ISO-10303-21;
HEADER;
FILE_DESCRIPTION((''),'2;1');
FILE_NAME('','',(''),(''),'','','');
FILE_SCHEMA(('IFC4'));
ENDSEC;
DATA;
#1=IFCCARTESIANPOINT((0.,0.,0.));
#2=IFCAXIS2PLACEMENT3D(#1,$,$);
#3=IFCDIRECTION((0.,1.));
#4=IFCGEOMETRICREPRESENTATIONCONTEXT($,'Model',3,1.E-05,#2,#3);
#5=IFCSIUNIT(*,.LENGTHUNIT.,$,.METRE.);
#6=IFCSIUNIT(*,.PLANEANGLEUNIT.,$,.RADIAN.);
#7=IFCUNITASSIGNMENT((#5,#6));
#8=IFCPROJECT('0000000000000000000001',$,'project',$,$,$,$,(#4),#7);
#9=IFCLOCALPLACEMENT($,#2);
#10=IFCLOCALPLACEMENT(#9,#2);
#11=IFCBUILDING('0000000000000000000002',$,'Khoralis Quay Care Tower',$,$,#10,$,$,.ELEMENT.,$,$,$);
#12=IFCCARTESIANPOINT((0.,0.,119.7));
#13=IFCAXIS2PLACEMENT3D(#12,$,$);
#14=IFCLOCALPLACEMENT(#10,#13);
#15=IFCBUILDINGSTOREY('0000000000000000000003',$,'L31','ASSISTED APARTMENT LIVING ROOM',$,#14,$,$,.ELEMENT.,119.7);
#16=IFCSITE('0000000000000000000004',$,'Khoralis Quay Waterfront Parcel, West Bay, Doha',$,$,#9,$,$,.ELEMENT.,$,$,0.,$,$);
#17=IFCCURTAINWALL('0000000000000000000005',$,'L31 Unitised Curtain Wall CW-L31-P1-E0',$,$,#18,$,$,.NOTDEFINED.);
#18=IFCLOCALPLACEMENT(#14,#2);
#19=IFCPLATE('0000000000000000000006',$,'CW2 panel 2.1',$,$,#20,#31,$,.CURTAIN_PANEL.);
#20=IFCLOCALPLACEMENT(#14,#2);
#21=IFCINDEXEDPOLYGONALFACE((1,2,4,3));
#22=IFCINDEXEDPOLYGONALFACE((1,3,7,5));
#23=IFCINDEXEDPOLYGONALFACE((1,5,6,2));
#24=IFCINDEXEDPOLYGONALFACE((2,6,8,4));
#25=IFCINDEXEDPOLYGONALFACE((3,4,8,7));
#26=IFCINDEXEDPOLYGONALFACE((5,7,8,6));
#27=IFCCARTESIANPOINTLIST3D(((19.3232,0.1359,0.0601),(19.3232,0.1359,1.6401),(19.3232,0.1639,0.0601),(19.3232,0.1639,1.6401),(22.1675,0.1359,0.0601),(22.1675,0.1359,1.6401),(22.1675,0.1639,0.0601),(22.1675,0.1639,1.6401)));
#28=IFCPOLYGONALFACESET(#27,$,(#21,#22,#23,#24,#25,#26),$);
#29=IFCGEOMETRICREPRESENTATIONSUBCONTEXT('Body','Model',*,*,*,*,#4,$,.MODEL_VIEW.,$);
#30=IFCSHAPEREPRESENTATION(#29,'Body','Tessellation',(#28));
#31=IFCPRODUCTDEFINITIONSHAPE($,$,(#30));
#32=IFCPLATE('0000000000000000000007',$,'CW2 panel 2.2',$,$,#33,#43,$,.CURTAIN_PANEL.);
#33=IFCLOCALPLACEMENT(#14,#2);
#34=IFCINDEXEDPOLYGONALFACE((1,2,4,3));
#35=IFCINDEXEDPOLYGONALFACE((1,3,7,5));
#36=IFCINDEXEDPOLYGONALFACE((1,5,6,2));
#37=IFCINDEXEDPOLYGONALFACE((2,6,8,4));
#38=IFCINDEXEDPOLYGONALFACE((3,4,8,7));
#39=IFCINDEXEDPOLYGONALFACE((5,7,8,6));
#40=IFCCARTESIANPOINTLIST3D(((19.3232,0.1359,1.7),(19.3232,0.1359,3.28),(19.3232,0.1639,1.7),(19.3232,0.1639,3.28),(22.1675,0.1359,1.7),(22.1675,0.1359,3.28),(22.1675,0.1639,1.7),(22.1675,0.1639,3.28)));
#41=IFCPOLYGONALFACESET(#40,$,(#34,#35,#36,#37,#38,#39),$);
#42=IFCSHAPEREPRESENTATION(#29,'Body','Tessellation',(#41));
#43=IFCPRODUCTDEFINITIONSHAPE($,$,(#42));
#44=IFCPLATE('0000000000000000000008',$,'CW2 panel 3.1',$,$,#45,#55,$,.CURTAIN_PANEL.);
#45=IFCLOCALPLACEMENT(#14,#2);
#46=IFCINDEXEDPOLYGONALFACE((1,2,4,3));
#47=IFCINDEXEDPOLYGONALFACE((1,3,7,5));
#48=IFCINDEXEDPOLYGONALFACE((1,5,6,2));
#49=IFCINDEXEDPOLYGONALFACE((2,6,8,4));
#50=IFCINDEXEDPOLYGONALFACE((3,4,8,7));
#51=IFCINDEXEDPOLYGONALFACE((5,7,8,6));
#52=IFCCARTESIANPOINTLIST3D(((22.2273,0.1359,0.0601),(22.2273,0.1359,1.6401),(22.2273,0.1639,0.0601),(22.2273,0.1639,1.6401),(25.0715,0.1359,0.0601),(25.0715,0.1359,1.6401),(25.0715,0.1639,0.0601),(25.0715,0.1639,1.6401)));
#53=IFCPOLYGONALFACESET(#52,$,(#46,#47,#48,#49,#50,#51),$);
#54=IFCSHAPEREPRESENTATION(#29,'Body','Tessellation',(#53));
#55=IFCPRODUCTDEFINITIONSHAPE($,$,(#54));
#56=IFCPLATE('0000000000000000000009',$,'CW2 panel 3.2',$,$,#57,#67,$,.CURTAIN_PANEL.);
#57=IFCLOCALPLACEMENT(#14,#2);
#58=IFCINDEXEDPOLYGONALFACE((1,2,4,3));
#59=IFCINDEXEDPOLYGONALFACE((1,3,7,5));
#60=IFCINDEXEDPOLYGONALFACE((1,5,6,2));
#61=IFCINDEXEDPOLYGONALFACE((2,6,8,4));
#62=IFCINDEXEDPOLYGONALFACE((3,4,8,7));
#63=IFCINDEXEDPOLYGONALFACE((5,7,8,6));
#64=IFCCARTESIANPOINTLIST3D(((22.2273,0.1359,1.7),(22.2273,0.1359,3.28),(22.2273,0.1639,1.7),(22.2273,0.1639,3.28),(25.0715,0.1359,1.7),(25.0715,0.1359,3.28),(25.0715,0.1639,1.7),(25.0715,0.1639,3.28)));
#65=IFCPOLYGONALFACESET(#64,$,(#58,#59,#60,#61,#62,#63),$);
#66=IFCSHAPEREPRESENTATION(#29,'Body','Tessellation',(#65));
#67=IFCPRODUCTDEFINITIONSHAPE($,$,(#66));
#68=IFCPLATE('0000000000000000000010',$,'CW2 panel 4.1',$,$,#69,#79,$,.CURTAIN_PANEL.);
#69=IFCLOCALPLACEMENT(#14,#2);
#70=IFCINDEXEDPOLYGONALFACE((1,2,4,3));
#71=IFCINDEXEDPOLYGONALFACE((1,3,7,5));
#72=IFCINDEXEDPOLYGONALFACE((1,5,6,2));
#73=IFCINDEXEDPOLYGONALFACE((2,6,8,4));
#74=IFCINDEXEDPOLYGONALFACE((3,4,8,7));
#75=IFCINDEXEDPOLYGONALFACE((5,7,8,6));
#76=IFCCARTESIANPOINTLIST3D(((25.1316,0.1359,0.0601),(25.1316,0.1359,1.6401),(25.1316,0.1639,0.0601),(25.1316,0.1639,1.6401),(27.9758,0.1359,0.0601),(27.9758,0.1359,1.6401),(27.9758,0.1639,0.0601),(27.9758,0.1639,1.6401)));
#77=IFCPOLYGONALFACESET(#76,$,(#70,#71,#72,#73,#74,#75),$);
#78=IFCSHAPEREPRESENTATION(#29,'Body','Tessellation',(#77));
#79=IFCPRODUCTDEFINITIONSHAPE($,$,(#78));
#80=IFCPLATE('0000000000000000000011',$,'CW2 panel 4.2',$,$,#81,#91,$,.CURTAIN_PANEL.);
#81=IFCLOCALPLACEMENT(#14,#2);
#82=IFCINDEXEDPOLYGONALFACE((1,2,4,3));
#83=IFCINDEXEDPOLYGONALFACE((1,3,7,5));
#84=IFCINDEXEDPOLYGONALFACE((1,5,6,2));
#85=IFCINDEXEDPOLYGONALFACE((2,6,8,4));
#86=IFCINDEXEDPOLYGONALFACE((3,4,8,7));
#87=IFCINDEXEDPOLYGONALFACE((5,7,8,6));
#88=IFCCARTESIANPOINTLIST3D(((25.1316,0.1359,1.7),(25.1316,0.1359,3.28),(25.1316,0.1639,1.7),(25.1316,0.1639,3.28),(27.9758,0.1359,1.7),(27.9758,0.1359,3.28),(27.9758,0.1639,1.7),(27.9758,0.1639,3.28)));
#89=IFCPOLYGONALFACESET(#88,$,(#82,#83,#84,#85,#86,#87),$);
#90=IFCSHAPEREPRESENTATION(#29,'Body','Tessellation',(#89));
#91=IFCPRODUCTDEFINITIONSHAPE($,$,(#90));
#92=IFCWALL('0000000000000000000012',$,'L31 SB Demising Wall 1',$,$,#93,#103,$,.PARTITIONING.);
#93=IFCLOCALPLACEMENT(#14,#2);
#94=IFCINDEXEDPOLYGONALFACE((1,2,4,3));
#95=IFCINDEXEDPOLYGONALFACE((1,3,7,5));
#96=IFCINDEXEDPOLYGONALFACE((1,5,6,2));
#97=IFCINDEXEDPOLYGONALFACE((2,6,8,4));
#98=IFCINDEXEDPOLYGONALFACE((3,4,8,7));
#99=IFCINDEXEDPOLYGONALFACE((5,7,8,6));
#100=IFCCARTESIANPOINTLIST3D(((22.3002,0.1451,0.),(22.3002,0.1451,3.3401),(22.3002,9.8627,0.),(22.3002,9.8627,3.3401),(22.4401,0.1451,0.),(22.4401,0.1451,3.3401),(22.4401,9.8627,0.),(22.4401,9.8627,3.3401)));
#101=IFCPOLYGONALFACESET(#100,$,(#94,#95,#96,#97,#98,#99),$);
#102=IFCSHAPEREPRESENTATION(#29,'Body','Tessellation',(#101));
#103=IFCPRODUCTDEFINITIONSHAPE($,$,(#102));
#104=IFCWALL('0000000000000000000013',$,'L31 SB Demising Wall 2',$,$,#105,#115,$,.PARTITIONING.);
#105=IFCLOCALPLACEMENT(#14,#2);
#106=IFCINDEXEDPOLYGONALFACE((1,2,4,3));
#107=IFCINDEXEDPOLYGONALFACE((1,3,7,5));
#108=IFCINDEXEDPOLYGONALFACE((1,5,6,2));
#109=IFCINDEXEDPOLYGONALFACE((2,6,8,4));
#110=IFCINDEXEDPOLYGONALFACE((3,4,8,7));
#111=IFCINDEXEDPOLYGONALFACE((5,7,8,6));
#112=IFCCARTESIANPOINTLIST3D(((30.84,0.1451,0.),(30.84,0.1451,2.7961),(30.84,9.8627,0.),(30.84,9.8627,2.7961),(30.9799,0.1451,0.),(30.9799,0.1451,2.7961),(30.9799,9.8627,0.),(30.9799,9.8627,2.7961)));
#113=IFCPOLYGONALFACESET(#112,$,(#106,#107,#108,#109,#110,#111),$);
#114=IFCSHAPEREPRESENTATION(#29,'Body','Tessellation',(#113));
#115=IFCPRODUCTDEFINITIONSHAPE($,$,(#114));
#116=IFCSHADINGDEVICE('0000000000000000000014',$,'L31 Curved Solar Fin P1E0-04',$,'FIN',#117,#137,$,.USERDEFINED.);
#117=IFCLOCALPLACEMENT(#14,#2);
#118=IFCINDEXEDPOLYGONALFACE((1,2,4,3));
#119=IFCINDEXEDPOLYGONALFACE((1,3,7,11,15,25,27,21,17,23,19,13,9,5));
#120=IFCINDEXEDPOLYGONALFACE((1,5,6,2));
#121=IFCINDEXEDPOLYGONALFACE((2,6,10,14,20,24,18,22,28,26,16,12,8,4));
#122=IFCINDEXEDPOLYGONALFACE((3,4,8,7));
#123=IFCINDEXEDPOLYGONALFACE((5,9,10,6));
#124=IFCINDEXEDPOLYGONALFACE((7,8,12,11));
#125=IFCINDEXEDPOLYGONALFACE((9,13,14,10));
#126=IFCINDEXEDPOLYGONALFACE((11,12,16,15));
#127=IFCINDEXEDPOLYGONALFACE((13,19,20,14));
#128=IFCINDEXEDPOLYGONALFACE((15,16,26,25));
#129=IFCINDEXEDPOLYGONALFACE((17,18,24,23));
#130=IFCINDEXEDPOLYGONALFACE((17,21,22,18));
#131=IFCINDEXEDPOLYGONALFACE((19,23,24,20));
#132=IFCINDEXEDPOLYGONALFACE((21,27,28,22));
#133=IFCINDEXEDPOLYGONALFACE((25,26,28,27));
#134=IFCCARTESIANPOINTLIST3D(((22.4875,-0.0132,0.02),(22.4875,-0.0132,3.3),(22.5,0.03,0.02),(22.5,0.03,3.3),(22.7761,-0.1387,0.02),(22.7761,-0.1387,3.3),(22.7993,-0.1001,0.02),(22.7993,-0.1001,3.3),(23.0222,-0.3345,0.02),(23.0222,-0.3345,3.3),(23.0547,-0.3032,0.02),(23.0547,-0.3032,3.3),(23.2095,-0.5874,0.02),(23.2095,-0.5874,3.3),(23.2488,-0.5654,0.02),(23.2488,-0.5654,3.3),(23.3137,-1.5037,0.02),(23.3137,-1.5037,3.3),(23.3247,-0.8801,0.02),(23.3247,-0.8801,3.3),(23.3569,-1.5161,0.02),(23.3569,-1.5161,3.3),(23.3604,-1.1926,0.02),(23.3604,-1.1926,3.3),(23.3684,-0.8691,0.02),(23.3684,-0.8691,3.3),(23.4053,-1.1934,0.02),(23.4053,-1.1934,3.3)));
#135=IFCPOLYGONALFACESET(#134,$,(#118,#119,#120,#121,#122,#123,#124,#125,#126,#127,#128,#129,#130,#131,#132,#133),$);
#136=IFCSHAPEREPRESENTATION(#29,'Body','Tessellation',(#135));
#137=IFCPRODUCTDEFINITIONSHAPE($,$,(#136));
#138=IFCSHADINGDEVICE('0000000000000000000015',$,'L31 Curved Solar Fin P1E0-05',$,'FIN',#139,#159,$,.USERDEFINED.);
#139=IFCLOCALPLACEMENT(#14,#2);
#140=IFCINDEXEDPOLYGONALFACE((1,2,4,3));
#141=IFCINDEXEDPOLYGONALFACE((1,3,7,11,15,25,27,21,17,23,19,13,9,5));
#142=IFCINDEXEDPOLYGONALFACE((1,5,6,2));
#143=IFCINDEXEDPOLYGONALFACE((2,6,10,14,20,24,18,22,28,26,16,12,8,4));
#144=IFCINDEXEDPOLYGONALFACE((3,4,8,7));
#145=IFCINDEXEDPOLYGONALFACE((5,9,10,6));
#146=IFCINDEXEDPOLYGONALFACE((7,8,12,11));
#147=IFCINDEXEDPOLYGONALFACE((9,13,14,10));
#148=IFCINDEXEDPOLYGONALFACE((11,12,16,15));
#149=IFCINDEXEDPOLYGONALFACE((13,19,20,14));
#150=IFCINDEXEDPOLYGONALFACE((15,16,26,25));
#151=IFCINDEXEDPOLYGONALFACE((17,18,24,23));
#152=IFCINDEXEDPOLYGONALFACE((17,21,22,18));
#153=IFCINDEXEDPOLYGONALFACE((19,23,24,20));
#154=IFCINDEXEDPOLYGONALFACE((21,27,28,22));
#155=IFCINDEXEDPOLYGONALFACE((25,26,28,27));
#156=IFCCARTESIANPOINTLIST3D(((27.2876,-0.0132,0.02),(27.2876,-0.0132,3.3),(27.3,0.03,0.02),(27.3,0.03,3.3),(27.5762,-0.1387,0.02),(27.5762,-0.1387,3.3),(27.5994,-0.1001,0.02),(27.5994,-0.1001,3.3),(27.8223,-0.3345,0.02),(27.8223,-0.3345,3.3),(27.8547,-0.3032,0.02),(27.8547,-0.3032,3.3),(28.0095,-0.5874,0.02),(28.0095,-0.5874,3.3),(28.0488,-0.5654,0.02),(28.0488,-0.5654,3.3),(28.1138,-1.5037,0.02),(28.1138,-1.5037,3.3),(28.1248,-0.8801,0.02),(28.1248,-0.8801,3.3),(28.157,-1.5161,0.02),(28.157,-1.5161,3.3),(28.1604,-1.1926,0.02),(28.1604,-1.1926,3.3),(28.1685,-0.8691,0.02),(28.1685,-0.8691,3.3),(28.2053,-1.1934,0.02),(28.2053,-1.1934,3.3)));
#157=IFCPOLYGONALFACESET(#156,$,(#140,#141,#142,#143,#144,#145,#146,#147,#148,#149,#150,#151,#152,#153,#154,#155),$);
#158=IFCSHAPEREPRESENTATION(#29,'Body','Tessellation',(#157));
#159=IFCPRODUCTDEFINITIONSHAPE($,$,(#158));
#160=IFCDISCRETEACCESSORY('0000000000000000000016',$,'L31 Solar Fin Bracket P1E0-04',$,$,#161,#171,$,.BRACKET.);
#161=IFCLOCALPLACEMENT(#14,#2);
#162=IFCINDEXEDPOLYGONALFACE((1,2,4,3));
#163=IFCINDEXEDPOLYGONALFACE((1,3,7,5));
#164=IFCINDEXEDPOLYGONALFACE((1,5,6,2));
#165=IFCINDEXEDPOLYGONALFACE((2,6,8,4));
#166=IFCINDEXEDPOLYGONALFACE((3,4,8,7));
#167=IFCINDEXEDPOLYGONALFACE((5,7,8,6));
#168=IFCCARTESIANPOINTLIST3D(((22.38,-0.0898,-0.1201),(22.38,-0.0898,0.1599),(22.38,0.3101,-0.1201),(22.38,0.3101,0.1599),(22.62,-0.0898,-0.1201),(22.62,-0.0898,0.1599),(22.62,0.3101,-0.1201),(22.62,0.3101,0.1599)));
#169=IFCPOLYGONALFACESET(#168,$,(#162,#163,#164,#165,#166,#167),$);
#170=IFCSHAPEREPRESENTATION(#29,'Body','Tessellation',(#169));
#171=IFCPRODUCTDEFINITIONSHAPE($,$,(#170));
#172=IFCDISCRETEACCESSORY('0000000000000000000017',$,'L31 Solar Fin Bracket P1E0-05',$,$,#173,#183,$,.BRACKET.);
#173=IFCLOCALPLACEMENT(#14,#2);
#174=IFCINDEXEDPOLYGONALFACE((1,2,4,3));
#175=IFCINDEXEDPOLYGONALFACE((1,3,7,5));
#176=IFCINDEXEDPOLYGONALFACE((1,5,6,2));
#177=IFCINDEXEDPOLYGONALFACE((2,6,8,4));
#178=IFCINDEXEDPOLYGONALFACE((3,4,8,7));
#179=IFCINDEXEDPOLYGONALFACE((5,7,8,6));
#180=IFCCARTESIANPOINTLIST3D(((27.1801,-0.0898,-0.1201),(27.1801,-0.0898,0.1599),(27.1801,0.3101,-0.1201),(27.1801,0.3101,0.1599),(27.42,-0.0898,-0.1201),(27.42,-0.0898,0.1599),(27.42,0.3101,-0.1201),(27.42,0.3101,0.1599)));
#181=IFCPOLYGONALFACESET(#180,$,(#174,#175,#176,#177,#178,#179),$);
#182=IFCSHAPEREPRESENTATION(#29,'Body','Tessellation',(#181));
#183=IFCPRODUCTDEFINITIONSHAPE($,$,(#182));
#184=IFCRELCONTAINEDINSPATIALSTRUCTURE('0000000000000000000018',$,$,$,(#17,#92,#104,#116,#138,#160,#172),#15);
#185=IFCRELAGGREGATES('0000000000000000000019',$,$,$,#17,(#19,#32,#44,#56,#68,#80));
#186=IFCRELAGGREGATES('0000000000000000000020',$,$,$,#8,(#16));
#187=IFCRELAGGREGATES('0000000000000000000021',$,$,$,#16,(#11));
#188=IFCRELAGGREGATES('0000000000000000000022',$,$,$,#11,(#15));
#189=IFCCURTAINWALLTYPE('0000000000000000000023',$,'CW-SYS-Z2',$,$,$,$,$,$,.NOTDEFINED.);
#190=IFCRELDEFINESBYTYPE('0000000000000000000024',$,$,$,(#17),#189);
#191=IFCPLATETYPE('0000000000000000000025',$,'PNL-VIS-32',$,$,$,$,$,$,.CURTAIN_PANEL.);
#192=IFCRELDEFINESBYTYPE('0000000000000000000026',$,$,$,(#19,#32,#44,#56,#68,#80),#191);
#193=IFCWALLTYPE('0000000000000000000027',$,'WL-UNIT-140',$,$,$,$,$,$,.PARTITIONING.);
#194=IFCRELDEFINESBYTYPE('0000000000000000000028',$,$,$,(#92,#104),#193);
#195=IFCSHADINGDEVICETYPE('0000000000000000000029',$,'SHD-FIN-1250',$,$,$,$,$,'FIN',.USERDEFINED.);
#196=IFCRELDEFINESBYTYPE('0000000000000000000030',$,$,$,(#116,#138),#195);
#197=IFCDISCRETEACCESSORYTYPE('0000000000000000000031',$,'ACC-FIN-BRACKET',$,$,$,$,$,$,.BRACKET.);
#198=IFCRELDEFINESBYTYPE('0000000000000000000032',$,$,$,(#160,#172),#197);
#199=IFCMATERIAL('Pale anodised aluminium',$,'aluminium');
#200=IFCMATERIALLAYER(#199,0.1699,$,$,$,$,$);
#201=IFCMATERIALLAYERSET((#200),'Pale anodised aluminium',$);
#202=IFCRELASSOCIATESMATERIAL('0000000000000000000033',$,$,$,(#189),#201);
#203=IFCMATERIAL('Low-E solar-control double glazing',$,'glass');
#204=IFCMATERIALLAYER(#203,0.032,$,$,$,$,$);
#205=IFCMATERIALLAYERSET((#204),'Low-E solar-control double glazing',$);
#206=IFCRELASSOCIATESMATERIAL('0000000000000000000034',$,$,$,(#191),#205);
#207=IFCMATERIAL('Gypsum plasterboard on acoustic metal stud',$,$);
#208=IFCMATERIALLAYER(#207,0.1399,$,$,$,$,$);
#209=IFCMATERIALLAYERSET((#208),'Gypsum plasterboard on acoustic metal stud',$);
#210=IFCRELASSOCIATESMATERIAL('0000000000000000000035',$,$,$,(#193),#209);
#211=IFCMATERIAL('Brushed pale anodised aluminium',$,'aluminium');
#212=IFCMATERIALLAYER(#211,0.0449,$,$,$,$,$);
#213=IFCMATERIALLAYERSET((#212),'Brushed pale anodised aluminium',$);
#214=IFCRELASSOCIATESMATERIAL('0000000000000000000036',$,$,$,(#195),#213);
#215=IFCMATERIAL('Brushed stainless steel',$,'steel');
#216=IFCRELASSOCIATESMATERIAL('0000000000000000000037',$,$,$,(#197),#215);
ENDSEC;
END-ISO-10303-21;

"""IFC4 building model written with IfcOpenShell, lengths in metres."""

from ifc_helpers import new_model, si_unit, direction, frame, frame_2d, origin, origin_2d, place, context, subcontext, project, spatial, polyline, rectangle, outline, extrude, source, transform, mapped, material, layer, layer_set, type_object, element, aggregate, save


model = new_model("IFC4")

# Units and contexts
model_context = context("Model", 3, precision=1e-05, world=origin(), true_north=direction((0.0, 1.0)))
body_context = subcontext(model_context, "Body", "Model", "MODEL_VIEW")
ifc_project = project(units=[si_unit("LENGTHUNIT", "METRE"), si_unit("PLANEANGLEUNIT", "RADIAN")], contexts=[model_context])

# Site, building, storey
site_placement = place(None, origin())
site = spatial("IfcSite", under=ifc_project, at=site_placement, Name="Khoralis Quay Waterfront Parcel, West Bay, Doha", CompositionType="ELEMENT", RefElevation=0.0)
building_placement = place(site_placement, origin())
building = spatial("IfcBuilding", under=site, at=building_placement, Name="Khoralis Quay Care Tower", CompositionType="ELEMENT")
storey_placement = place(building_placement, frame((0.0, 0.0, 119.7)))
storey = spatial("IfcBuildingStorey", under=building, at=storey_placement, Name="L31", Description="ASSISTED APARTMENT LIVING ROOM", CompositionType="ELEMENT", Elevation=119.7)

# Curtain wall, plates
ifc_material_1 = material(Name="Pale anodised aluminium", Category="aluminium")
ifc_layer_1 = layer(ifc_material_1, 0.1699)
ifc_layer_set_1 = layer_set([ifc_layer_1], Name="Pale anodised aluminium")
curtain_wall_type = type_object("IfcCurtainWallType", Name="CW-SYS-Z2", PredefinedType="NOTDEFINED", material=ifc_layer_set_1)
curtain_wall_placement = place(storey_placement, origin())
curtain_wall = element("IfcCurtainWall", 1, at=curtain_wall_placement, inside=storey, type_object=curtain_wall_type, Name="L31 Unitised Curtain Wall CW-L31-P1-E0", PredefinedType="NOTDEFINED")
ifc_material_2 = material(Name="Low-E solar-control double glazing", Category="glass")
ifc_layer_2 = layer(ifc_material_2, 0.032)
ifc_layer_set_2 = layer_set([ifc_layer_2], Name="Low-E solar-control double glazing")
plate_type = type_object("IfcPlateType", Name="PNL-VIS-32", PredefinedType="CURTAIN_PANEL", material=ifc_layer_set_2)
shared_shape_1 = source(origin(), body_context, "Body", "SweptSolid", [
    extrude(rectangle(XDim=2.8442, YDim=0.0281, at=origin_2d()), origin(), (0.0, 0.0, 1.0), 1.5801),
])
plate_1_placement = place(storey_placement, frame((20.7454, 0.1499, 0.0601), z_axis=(0.0, 0.0, 1.0), x_axis=(1.0, 0.0, 0.0)))
plate_1 = element("IfcPlate", 2, at=plate_1_placement, type_object=plate_type, Name="CW2 panel 2.1", PredefinedType="CURTAIN_PANEL", context=body_context, shape_type="MappedRepresentation", body=[
    mapped(shared_shape_1, transform((0.0, 0.0, 0.0), scale=1.0)),
])
plate_2_placement = place(storey_placement, frame((20.7454, 0.1499, 1.7), z_axis=(0.0, 0.0, 1.0), x_axis=(1.0, 0.0, 0.0)))
plate_2 = element("IfcPlate", 3, at=plate_2_placement, type_object=plate_type, Name="CW2 panel 2.2", PredefinedType="CURTAIN_PANEL", context=body_context, shape_type="MappedRepresentation", body=[
    mapped(shared_shape_1, transform((0.0, 0.0, 0.0), scale=1.0)),
])
plate_3_placement = place(storey_placement, frame((23.6494, 0.1499, 0.0601), z_axis=(0.0, 0.0, 1.0), x_axis=(1.0, 0.0, 0.0)))
plate_3 = element("IfcPlate", 4, at=plate_3_placement, type_object=plate_type, Name="CW2 panel 3.1", PredefinedType="CURTAIN_PANEL", context=body_context, shape_type="MappedRepresentation", body=[
    mapped(shared_shape_1, transform((0.0, 0.0, 0.0), scale=1.0)),
])
plate_4_placement = place(storey_placement, frame((23.6494, 0.1499, 1.7), z_axis=(0.0, 0.0, 1.0), x_axis=(1.0, 0.0, 0.0)))
plate_4 = element("IfcPlate", 5, at=plate_4_placement, type_object=plate_type, Name="CW2 panel 3.2", PredefinedType="CURTAIN_PANEL", context=body_context, shape_type="MappedRepresentation", body=[
    mapped(shared_shape_1, transform((0.0, 0.0, 0.0), scale=1.0)),
])
plate_5_placement = place(storey_placement, frame((26.5537, 0.1499, 0.0601), z_axis=(0.0, 0.0, 1.0), x_axis=(1.0, 0.0, 0.0)))
plate_5 = element("IfcPlate", 6, at=plate_5_placement, type_object=plate_type, Name="CW2 panel 4.1", PredefinedType="CURTAIN_PANEL", context=body_context, shape_type="MappedRepresentation", body=[
    mapped(shared_shape_1, transform((0.0, 0.0, 0.0), scale=1.0)),
])
plate_6_placement = place(storey_placement, frame((26.5537, 0.1499, 1.7), z_axis=(0.0, 0.0, 1.0), x_axis=(1.0, 0.0, 0.0)))
plate_6 = element("IfcPlate", 7, at=plate_6_placement, type_object=plate_type, Name="CW2 panel 4.2", PredefinedType="CURTAIN_PANEL", context=body_context, shape_type="MappedRepresentation", body=[
    mapped(shared_shape_1, transform((0.0, 0.0, 0.0), scale=1.0)),
])
aggregate(curtain_wall, [plate_1, plate_2, plate_3, plate_4, plate_5, plate_6])

# Walls
ifc_material_3 = material(Name="Gypsum plasterboard on acoustic metal stud")
ifc_layer_3 = layer(ifc_material_3, 0.1399)
ifc_layer_set_3 = layer_set([ifc_layer_3], Name="Gypsum plasterboard on acoustic metal stud")
wall_type = type_object("IfcWallType", Name="WL-UNIT-140", PredefinedType="PARTITIONING", material=ifc_layer_set_3)
wall_1_placement = place(storey_placement, frame((22.3701, 0.145, 0.0), z_axis=(0.0, 0.0, 1.0), x_axis=(0.0, 1.0, 0.0)))
element("IfcWall", 8, at=wall_1_placement, inside=storey, type_object=wall_type, Name="L31 SB Demising Wall 1", PredefinedType="PARTITIONING", context=body_context, shape_type="SweptSolid", body=[
    extrude(rectangle(XDim=9.7175, YDim=0.1399, at=frame_2d((4.8589, 0.0))), origin(), (0.0, 0.0, 1.0), 3.3401),
])
wall_2_placement = place(storey_placement, frame((30.9099, 0.145, 0.0), z_axis=(0.0, 0.0, 1.0), x_axis=(0.0, 1.0, 0.0)))
element("IfcWall", 9, at=wall_2_placement, inside=storey, type_object=wall_type, Name="L31 SB Demising Wall 2", PredefinedType="PARTITIONING", context=body_context, shape_type="SweptSolid", body=[
    extrude(rectangle(XDim=9.7175, YDim=0.1399, at=frame_2d((4.8589, 0.0))), origin(), (0.0, 0.0, 1.0), 2.7961),
])

# Shading devices
ifc_material_4 = material(Name="Brushed pale anodised aluminium", Category="aluminium")
ifc_layer_4 = layer(ifc_material_4, 0.0449)
ifc_layer_set_4 = layer_set([ifc_layer_4], Name="Brushed pale anodised aluminium")
shading_device_type = type_object("IfcShadingDeviceType", Name="SHD-FIN-1250", ElementType="FIN", PredefinedType="USERDEFINED", material=ifc_layer_set_4)
shared_shape_2 = source(origin(), body_context, "Body", "SweptSolid", [
    extrude(outline(polyline([(0.0, 0.0), (0.1301, 0.2993), (0.3333, 0.5547), (0.5955, 0.7488), (0.8992, 0.8684), (1.2234, 0.9053), (1.5461, 0.8569), (1.5337, 0.8137), (1.2227, 0.8604), (0.9102, 0.8247), (0.6174, 0.7095), (0.3645, 0.5222), (0.1687, 0.2761), (0.0432, -0.0125), (0.0, 0.0)])), origin(), (0.0, 0.0, 1.0), 3.28),
])
for number, where, z_axis, x_axis, name in (
    (10, (22.5, 0.03, 0.02), (0.0, 0.0, 1.0), (0.0, -1.0, 0.0), "L31 Curved Solar Fin P1E0-04"),
    (11, (27.3, 0.03, 0.02), (0.0, 0.0, 1.0), (0.0, -1.0, 0.0), "L31 Curved Solar Fin P1E0-05"),
):
    element("IfcShadingDevice", number, at=place(storey_placement, frame(where, z_axis=z_axis, x_axis=x_axis)), inside=storey, type_object=shading_device_type, Name=name, ObjectType="FIN", PredefinedType="USERDEFINED", context=body_context, shape_type="MappedRepresentation", body=[
        mapped(shared_shape_2, transform((0.0, 0.0, 0.0), scale=1.0)),
    ])

# Discrete accessories
ifc_material_5 = material(Name="Brushed stainless steel", Category="steel")
discrete_accessory_type = type_object("IfcDiscreteAccessoryType", Name="ACC-FIN-BRACKET", PredefinedType="BRACKET", material=ifc_material_5)
shared_shape_3 = source(origin(), body_context, "Body", "SweptSolid", [
    extrude(rectangle(XDim=0.3999, YDim=0.24, at=origin_2d()), origin(), (0.0, 0.0, 1.0), 0.28),
])
for number, where, z_axis, x_axis, name in (
    (12, (22.5, 0.1101, -0.1201), (0.0, 0.0, 1.0), (0.0, -1.0, 0.0), "L31 Solar Fin Bracket P1E0-04"),
    (13, (27.3, 0.1101, -0.1201), (0.0, 0.0, 1.0), (0.0, -1.0, 0.0), "L31 Solar Fin Bracket P1E0-05"),
):
    element("IfcDiscreteAccessory", number, at=place(storey_placement, frame(where, z_axis=z_axis, x_axis=x_axis)), inside=storey, type_object=discrete_accessory_type, Name=name, PredefinedType="BRACKET", context=body_context, shape_type="MappedRepresentation", body=[
        mapped(shared_shape_3, transform((0.0, 0.0, 0.0), scale=1.0)),
    ])

save(model, "model.ifc")
